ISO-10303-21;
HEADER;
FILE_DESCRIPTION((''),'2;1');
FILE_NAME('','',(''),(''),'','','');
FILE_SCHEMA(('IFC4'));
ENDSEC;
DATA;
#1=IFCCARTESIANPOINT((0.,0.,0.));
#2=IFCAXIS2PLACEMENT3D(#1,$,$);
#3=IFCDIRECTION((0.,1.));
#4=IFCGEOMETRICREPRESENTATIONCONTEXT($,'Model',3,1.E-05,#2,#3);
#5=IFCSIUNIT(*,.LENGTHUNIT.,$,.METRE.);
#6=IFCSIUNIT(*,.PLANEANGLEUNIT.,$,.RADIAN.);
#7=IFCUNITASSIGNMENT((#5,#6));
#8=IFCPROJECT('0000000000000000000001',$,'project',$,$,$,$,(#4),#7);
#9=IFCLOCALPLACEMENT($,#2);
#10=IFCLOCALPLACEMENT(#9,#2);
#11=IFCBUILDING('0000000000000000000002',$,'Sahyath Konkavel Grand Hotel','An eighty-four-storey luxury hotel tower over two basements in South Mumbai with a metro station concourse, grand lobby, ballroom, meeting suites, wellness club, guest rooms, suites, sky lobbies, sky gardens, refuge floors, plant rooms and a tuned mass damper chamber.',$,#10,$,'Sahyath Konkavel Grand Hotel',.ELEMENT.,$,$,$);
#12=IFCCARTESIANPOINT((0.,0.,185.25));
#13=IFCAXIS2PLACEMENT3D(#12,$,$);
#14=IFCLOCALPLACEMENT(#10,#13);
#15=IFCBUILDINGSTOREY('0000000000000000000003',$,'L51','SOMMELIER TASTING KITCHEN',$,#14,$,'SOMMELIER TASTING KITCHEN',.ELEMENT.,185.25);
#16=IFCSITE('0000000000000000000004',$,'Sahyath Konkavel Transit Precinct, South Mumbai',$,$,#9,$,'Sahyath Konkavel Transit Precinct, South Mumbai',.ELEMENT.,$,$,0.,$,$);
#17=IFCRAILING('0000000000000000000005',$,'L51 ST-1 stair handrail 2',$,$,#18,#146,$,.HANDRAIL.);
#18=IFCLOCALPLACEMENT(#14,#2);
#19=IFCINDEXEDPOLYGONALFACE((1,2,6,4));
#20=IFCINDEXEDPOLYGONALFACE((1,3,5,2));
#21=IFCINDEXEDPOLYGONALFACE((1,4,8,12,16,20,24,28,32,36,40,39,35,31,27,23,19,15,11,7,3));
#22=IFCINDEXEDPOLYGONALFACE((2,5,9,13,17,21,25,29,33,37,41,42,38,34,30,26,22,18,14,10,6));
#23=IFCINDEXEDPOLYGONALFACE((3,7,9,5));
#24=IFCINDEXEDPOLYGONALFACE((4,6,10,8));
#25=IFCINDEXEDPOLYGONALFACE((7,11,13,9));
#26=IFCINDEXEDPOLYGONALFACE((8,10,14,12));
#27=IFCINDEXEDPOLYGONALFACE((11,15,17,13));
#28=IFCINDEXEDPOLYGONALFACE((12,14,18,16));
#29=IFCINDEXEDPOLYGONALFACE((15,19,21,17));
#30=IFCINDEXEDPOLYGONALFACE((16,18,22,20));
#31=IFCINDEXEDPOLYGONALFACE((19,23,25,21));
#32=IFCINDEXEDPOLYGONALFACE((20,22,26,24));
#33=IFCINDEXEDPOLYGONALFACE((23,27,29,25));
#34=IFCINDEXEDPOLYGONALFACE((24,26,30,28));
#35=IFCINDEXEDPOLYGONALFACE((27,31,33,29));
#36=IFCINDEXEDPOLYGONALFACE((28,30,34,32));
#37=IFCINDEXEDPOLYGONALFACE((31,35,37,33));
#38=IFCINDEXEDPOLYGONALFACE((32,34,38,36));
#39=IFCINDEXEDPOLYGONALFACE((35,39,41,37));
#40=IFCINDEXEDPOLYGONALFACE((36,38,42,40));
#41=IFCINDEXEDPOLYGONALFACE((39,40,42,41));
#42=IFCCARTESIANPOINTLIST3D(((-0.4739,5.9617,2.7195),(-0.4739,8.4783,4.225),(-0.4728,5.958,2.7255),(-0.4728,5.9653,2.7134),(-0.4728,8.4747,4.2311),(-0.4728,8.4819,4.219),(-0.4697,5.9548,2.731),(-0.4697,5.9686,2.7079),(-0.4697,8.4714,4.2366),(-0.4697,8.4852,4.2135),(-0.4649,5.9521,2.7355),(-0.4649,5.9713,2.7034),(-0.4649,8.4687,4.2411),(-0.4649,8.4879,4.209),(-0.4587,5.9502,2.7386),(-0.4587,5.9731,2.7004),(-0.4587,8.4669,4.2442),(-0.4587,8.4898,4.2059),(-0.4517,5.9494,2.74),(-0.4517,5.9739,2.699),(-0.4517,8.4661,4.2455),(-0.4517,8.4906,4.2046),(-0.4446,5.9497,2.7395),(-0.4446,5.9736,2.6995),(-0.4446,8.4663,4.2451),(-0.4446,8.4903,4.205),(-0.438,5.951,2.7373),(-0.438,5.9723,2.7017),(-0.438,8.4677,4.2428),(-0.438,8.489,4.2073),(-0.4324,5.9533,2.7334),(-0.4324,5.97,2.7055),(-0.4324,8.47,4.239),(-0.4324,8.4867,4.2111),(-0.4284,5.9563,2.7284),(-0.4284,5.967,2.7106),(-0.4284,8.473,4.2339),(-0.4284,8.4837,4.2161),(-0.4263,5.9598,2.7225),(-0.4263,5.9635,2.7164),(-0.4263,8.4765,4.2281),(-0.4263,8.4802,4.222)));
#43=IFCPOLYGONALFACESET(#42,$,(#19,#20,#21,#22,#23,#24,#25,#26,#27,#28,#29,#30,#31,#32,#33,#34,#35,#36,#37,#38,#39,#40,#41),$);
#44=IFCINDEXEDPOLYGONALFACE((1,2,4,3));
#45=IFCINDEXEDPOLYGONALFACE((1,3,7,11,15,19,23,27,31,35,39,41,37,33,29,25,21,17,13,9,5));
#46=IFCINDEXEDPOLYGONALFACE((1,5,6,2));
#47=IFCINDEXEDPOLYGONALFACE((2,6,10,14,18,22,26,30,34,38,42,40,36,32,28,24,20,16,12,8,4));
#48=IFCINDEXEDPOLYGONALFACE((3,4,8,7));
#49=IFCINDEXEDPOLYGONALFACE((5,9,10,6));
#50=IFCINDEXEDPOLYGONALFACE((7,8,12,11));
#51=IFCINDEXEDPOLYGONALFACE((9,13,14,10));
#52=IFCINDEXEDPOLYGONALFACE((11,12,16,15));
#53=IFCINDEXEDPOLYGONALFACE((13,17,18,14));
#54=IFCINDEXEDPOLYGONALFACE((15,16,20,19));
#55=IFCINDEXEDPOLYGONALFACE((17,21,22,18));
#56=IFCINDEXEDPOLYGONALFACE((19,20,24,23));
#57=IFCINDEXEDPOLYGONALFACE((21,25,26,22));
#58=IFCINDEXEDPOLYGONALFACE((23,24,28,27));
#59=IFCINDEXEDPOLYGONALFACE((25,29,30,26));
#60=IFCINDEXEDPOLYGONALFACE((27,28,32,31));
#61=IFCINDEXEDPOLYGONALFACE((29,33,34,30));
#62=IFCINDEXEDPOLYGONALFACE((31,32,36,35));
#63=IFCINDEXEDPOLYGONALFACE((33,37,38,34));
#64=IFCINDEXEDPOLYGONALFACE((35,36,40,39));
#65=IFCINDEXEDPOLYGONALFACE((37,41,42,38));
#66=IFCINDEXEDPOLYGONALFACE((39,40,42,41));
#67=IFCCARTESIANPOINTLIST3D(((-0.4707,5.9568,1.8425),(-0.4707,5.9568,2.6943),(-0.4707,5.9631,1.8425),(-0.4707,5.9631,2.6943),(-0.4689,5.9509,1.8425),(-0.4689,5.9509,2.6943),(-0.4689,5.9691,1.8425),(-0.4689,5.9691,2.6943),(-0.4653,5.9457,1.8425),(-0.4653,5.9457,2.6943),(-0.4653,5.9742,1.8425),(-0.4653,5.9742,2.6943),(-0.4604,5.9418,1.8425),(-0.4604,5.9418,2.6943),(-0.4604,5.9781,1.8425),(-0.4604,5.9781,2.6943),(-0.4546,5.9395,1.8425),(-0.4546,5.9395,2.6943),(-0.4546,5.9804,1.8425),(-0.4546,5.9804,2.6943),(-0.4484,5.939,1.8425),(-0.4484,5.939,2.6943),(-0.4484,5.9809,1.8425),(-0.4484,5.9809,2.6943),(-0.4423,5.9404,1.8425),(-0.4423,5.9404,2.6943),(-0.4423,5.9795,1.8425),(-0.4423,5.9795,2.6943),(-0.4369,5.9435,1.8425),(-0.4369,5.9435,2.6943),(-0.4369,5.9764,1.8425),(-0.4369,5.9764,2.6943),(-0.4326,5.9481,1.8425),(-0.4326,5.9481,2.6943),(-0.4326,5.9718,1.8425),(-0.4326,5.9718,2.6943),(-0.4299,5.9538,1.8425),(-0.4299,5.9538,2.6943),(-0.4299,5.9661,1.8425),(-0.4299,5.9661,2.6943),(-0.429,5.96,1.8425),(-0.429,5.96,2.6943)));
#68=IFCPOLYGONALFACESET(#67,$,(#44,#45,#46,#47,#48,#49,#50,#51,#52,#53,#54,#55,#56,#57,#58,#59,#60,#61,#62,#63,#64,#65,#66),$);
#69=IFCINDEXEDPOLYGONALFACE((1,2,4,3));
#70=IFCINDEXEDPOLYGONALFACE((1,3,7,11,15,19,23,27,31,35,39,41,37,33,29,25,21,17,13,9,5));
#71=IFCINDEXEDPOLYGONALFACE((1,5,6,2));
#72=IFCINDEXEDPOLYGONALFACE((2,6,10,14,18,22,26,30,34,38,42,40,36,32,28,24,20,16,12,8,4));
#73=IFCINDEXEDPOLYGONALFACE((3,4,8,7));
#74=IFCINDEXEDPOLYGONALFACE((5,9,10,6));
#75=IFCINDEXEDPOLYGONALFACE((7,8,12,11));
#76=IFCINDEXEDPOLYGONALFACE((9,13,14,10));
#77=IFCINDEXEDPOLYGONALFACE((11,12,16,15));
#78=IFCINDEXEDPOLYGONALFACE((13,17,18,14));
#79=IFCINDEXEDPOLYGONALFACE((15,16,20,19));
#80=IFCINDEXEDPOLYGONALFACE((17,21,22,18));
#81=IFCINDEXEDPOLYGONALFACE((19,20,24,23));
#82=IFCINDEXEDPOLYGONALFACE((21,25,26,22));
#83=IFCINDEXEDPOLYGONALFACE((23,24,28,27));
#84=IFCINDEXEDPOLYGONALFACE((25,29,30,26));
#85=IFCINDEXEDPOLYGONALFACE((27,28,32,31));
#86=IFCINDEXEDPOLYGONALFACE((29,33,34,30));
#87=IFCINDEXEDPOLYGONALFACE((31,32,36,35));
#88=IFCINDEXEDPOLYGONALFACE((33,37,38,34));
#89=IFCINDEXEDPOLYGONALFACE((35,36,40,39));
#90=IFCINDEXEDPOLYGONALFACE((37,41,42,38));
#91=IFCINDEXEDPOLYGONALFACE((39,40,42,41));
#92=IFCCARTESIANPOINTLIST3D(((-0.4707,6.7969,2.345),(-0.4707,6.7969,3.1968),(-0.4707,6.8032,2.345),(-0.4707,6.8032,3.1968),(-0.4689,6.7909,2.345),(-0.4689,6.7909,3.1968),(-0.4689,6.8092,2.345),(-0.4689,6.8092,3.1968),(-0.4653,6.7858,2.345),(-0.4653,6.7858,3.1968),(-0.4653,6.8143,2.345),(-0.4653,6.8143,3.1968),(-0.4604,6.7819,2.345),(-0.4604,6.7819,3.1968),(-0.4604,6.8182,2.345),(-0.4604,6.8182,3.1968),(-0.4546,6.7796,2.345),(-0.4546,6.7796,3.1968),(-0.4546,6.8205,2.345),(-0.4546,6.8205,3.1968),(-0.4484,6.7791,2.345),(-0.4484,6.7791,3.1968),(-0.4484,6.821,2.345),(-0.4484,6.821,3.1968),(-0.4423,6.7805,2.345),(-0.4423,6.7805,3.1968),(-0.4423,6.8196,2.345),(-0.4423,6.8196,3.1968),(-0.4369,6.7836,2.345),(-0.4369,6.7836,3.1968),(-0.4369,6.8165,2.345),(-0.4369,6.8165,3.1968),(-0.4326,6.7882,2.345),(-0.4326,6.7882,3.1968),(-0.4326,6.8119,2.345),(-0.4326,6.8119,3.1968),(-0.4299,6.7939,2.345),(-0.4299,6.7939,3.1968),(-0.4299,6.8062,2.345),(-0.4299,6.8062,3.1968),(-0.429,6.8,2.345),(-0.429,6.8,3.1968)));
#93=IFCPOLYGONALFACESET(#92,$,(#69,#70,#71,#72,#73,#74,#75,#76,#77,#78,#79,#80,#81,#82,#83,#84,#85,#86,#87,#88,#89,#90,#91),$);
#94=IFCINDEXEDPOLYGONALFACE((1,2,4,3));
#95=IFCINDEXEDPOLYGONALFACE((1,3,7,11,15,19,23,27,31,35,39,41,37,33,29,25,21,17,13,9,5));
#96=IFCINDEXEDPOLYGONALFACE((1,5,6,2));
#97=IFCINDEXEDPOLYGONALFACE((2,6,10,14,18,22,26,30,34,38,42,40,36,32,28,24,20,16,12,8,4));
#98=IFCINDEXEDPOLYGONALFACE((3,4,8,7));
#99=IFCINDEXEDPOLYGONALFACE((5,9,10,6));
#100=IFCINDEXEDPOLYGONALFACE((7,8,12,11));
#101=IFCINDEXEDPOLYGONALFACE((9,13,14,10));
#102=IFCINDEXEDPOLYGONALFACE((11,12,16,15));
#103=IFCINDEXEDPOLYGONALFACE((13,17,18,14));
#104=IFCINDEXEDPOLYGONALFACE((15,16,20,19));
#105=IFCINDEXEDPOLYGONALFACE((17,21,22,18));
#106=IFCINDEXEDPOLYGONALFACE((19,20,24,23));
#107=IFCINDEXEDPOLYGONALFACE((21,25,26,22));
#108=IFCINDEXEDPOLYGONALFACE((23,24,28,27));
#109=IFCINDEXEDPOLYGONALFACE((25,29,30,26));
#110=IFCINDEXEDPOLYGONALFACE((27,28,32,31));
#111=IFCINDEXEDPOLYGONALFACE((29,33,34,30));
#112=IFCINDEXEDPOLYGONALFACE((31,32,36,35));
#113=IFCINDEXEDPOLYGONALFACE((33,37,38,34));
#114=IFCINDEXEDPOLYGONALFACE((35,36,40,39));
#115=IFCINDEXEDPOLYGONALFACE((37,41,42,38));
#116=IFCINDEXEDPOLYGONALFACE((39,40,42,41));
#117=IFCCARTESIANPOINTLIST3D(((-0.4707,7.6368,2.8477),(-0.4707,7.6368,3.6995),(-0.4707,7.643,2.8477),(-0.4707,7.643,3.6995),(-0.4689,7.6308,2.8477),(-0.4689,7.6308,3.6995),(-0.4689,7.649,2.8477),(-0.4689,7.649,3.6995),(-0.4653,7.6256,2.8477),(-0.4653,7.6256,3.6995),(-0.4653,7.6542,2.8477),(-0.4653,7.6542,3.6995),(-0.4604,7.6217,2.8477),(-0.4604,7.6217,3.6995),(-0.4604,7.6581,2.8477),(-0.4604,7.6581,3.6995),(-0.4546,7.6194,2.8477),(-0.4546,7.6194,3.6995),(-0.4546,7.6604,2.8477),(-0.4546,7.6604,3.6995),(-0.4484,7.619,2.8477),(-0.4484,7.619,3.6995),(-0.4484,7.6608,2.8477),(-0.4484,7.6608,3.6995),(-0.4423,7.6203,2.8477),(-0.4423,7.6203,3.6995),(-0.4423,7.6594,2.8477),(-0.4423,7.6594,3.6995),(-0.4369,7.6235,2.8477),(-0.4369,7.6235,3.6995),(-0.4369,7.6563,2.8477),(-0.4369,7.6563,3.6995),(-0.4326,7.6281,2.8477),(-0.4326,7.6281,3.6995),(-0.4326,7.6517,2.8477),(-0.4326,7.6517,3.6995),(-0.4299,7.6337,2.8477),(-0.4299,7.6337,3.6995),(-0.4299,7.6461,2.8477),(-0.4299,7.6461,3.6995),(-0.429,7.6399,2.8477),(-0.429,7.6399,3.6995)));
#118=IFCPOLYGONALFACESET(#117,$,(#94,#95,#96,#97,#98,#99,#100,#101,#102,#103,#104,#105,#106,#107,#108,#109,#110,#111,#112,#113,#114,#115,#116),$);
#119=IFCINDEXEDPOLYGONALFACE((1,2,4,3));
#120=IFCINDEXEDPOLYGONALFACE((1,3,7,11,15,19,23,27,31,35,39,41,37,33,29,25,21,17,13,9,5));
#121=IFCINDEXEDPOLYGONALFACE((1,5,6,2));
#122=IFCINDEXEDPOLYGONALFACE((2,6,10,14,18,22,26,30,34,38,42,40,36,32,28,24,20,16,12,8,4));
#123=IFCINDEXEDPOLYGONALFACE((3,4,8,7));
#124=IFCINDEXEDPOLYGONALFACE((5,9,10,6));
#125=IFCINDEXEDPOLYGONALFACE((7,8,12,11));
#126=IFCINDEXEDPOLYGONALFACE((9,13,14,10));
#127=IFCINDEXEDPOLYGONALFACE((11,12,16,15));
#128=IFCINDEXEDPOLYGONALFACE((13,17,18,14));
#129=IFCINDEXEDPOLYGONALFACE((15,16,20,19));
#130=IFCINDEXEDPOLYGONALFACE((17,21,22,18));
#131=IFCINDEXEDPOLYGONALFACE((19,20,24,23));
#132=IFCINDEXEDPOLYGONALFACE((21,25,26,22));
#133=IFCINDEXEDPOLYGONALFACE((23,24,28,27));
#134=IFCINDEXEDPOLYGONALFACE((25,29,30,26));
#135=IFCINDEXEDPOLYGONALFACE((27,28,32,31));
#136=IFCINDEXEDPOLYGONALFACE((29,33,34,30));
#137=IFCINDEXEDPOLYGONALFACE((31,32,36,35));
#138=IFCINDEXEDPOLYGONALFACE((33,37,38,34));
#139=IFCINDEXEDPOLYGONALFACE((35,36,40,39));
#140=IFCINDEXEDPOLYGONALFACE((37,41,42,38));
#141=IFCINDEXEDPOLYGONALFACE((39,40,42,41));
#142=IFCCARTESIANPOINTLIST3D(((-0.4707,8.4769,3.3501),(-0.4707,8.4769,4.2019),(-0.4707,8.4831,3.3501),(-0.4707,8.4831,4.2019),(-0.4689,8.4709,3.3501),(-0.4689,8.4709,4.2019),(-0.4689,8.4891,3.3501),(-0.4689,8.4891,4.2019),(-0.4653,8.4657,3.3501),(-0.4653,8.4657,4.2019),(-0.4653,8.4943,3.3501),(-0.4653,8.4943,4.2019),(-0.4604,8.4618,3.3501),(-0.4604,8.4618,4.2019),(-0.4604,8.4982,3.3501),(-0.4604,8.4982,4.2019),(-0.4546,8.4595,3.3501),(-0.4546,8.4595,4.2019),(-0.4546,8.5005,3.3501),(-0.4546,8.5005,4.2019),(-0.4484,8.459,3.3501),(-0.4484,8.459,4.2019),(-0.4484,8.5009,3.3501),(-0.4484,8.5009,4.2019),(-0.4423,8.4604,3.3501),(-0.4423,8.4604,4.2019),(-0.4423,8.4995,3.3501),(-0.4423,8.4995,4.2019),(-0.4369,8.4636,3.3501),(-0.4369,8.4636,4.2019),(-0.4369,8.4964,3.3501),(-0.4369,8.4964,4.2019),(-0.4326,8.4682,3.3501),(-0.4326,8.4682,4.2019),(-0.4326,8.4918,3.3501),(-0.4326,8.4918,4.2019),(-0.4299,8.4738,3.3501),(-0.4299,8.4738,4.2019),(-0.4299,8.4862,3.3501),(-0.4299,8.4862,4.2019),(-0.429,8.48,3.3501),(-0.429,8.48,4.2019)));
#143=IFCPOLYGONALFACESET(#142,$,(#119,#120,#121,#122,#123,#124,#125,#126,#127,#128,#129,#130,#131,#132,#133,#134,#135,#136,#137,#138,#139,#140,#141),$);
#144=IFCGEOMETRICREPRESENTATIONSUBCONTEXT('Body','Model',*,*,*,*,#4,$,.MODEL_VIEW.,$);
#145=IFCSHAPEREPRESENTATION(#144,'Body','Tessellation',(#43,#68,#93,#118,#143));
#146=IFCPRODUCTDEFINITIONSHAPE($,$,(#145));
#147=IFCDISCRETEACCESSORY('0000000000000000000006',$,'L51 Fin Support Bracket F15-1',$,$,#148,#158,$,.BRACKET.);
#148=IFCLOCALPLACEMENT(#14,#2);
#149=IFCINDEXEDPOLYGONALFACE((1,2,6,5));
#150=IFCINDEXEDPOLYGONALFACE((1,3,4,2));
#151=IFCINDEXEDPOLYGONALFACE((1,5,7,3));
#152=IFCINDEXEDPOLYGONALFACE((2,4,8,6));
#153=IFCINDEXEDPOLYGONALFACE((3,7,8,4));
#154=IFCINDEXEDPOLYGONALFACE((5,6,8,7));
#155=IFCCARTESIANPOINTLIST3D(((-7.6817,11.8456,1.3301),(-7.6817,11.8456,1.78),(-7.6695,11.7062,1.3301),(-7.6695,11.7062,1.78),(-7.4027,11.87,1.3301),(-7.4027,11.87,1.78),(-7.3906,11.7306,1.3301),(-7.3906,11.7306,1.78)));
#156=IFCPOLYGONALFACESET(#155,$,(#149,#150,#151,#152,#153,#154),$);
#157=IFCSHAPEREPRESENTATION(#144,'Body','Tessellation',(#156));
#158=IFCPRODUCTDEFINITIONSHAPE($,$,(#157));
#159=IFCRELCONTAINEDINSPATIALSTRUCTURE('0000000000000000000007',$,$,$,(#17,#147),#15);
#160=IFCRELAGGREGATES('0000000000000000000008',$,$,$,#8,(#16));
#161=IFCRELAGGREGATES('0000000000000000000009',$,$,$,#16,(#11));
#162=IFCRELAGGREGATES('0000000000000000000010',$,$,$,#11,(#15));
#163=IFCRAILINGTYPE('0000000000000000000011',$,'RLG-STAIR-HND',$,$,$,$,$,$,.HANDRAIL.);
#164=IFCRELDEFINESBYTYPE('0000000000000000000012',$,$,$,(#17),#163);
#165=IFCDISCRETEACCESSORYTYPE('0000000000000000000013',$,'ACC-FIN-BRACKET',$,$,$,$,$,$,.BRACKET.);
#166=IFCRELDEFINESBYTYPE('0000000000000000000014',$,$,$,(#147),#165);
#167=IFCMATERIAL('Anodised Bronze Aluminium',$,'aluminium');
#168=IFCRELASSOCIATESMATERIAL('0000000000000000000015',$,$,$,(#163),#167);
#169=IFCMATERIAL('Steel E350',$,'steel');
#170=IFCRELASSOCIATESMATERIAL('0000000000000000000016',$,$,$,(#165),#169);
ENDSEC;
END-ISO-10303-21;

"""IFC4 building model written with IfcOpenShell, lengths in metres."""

from ifc_helpers import new_model, si_unit, direction, frame, origin, origin_2d, place, context, subcontext, project, spatial, rectangle, circle, extrude, source, transform, mapped, material, type_object, element, save


model = new_model("IFC4")

# Units and contexts
model_context = context("Model", 3, precision=1e-05, world=origin(), true_north=direction((0.0, 1.0)))
body_context = subcontext(model_context, "Body", "Model", "MODEL_VIEW")
ifc_project = project(units=[si_unit("LENGTHUNIT", "METRE"), si_unit("PLANEANGLEUNIT", "RADIAN")], contexts=[model_context])

# Site, building, storey
site_placement = place(None, origin())
site = spatial("IfcSite", under=ifc_project, at=site_placement, Name="Sahyath Konkavel Transit Precinct, South Mumbai", LongName="Sahyath Konkavel Transit Precinct, South Mumbai", CompositionType="ELEMENT", RefElevation=0.0)
building_placement = place(site_placement, origin())
building = spatial("IfcBuilding", under=site, at=building_placement, Name="Sahyath Konkavel Grand Hotel", Description="An eighty-four-storey luxury hotel tower over two basements in South Mumbai with a metro station concourse, grand lobby, ballroom, meeting suites, wellness club, guest rooms, suites, sky lobbies, sky gardens, refuge floors, plant rooms and a tuned mass damper chamber.", LongName="Sahyath Konkavel Grand Hotel", CompositionType="ELEMENT")
storey_placement = place(building_placement, frame((0.0, 0.0, 185.25)))
storey = spatial("IfcBuildingStorey", under=building, at=storey_placement, Name="L51", Description="SOMMELIER TASTING KITCHEN", LongName="SOMMELIER TASTING KITCHEN", CompositionType="ELEMENT", Elevation=185.25)

# Shared definitions
ifc_material_1 = material(Name="Steel E350", Category="steel")

# Shared definitions
ifc_material_2 = material(Name="Anodised Bronze Aluminium", Category="aluminium")

# Railing
railing_type_1 = type_object("IfcRailingType", Name="RLG-STAIR-HND", PredefinedType="HANDRAIL", material=ifc_material_2)
railing_1_placement = place(storey_placement, frame((-0.45, 5.96, 1.8425)))
element("IfcRailing", 1, at=railing_1_placement, inside=storey, type_object=railing_type_1, Name="L51 ST-1 stair handrail 2", PredefinedType="HANDRAIL", context=body_context, shape_type="SweptSolid", body=[
    extrude(circle(Radius=0.0239, at=origin_2d()), frame((0.0, 0.0017, 0.877), z_axis=(0.0, 0.85816, 0.513383), x_axis=(-1.0, 0.0, 0.0)), (0.0, 0.0, 1.0), 2.9326),
    extrude(circle(Radius=0.021, at=origin_2d()), origin(), (0.0, 0.0, 1.0), 0.8518),
    extrude(circle(Radius=0.021, at=origin_2d()), frame((0.0, 0.8401, 0.5024)), (0.0, 0.0, 1.0), 0.8518),
    extrude(circle(Radius=0.021, at=origin_2d()), frame((0.0, 1.6799, 1.0051)), (0.0, 0.0, 1.0), 0.8518),
    extrude(circle(Radius=0.021, at=origin_2d()), frame((0.0, 2.52, 1.5076)), (0.0, 0.0, 1.0), 0.8518),
])

# Discrete accessory
discrete_accessory_type = type_object("IfcDiscreteAccessoryType", Name="ACC-FIN-BRACKET", PredefinedType="BRACKET", material=ifc_material_1)
shared_shape_1 = source(origin(), body_context, "Body", "SweptSolid", [
    extrude(rectangle(XDim=0.28, YDim=0.1399, at=origin_2d()), origin(), (0.0, 0.0, 1.0), 0.45),
])
discrete_accessory_placement = place(storey_placement, frame((-7.5361, 11.7881, 1.3301), z_axis=(0.0, 0.0, 1.0), x_axis=(-0.996195, -0.087156, 0.0)))
element("IfcDiscreteAccessory", 2, at=discrete_accessory_placement, inside=storey, type_object=discrete_accessory_type, Name="L51 Fin Support Bracket F15-1", PredefinedType="BRACKET", context=body_context, shape_type="MappedRepresentation", body=[
    mapped(shared_shape_1, transform((0.0, 0.0, 0.0), scale=1.0)),
])

save(model, "model.ifc")
